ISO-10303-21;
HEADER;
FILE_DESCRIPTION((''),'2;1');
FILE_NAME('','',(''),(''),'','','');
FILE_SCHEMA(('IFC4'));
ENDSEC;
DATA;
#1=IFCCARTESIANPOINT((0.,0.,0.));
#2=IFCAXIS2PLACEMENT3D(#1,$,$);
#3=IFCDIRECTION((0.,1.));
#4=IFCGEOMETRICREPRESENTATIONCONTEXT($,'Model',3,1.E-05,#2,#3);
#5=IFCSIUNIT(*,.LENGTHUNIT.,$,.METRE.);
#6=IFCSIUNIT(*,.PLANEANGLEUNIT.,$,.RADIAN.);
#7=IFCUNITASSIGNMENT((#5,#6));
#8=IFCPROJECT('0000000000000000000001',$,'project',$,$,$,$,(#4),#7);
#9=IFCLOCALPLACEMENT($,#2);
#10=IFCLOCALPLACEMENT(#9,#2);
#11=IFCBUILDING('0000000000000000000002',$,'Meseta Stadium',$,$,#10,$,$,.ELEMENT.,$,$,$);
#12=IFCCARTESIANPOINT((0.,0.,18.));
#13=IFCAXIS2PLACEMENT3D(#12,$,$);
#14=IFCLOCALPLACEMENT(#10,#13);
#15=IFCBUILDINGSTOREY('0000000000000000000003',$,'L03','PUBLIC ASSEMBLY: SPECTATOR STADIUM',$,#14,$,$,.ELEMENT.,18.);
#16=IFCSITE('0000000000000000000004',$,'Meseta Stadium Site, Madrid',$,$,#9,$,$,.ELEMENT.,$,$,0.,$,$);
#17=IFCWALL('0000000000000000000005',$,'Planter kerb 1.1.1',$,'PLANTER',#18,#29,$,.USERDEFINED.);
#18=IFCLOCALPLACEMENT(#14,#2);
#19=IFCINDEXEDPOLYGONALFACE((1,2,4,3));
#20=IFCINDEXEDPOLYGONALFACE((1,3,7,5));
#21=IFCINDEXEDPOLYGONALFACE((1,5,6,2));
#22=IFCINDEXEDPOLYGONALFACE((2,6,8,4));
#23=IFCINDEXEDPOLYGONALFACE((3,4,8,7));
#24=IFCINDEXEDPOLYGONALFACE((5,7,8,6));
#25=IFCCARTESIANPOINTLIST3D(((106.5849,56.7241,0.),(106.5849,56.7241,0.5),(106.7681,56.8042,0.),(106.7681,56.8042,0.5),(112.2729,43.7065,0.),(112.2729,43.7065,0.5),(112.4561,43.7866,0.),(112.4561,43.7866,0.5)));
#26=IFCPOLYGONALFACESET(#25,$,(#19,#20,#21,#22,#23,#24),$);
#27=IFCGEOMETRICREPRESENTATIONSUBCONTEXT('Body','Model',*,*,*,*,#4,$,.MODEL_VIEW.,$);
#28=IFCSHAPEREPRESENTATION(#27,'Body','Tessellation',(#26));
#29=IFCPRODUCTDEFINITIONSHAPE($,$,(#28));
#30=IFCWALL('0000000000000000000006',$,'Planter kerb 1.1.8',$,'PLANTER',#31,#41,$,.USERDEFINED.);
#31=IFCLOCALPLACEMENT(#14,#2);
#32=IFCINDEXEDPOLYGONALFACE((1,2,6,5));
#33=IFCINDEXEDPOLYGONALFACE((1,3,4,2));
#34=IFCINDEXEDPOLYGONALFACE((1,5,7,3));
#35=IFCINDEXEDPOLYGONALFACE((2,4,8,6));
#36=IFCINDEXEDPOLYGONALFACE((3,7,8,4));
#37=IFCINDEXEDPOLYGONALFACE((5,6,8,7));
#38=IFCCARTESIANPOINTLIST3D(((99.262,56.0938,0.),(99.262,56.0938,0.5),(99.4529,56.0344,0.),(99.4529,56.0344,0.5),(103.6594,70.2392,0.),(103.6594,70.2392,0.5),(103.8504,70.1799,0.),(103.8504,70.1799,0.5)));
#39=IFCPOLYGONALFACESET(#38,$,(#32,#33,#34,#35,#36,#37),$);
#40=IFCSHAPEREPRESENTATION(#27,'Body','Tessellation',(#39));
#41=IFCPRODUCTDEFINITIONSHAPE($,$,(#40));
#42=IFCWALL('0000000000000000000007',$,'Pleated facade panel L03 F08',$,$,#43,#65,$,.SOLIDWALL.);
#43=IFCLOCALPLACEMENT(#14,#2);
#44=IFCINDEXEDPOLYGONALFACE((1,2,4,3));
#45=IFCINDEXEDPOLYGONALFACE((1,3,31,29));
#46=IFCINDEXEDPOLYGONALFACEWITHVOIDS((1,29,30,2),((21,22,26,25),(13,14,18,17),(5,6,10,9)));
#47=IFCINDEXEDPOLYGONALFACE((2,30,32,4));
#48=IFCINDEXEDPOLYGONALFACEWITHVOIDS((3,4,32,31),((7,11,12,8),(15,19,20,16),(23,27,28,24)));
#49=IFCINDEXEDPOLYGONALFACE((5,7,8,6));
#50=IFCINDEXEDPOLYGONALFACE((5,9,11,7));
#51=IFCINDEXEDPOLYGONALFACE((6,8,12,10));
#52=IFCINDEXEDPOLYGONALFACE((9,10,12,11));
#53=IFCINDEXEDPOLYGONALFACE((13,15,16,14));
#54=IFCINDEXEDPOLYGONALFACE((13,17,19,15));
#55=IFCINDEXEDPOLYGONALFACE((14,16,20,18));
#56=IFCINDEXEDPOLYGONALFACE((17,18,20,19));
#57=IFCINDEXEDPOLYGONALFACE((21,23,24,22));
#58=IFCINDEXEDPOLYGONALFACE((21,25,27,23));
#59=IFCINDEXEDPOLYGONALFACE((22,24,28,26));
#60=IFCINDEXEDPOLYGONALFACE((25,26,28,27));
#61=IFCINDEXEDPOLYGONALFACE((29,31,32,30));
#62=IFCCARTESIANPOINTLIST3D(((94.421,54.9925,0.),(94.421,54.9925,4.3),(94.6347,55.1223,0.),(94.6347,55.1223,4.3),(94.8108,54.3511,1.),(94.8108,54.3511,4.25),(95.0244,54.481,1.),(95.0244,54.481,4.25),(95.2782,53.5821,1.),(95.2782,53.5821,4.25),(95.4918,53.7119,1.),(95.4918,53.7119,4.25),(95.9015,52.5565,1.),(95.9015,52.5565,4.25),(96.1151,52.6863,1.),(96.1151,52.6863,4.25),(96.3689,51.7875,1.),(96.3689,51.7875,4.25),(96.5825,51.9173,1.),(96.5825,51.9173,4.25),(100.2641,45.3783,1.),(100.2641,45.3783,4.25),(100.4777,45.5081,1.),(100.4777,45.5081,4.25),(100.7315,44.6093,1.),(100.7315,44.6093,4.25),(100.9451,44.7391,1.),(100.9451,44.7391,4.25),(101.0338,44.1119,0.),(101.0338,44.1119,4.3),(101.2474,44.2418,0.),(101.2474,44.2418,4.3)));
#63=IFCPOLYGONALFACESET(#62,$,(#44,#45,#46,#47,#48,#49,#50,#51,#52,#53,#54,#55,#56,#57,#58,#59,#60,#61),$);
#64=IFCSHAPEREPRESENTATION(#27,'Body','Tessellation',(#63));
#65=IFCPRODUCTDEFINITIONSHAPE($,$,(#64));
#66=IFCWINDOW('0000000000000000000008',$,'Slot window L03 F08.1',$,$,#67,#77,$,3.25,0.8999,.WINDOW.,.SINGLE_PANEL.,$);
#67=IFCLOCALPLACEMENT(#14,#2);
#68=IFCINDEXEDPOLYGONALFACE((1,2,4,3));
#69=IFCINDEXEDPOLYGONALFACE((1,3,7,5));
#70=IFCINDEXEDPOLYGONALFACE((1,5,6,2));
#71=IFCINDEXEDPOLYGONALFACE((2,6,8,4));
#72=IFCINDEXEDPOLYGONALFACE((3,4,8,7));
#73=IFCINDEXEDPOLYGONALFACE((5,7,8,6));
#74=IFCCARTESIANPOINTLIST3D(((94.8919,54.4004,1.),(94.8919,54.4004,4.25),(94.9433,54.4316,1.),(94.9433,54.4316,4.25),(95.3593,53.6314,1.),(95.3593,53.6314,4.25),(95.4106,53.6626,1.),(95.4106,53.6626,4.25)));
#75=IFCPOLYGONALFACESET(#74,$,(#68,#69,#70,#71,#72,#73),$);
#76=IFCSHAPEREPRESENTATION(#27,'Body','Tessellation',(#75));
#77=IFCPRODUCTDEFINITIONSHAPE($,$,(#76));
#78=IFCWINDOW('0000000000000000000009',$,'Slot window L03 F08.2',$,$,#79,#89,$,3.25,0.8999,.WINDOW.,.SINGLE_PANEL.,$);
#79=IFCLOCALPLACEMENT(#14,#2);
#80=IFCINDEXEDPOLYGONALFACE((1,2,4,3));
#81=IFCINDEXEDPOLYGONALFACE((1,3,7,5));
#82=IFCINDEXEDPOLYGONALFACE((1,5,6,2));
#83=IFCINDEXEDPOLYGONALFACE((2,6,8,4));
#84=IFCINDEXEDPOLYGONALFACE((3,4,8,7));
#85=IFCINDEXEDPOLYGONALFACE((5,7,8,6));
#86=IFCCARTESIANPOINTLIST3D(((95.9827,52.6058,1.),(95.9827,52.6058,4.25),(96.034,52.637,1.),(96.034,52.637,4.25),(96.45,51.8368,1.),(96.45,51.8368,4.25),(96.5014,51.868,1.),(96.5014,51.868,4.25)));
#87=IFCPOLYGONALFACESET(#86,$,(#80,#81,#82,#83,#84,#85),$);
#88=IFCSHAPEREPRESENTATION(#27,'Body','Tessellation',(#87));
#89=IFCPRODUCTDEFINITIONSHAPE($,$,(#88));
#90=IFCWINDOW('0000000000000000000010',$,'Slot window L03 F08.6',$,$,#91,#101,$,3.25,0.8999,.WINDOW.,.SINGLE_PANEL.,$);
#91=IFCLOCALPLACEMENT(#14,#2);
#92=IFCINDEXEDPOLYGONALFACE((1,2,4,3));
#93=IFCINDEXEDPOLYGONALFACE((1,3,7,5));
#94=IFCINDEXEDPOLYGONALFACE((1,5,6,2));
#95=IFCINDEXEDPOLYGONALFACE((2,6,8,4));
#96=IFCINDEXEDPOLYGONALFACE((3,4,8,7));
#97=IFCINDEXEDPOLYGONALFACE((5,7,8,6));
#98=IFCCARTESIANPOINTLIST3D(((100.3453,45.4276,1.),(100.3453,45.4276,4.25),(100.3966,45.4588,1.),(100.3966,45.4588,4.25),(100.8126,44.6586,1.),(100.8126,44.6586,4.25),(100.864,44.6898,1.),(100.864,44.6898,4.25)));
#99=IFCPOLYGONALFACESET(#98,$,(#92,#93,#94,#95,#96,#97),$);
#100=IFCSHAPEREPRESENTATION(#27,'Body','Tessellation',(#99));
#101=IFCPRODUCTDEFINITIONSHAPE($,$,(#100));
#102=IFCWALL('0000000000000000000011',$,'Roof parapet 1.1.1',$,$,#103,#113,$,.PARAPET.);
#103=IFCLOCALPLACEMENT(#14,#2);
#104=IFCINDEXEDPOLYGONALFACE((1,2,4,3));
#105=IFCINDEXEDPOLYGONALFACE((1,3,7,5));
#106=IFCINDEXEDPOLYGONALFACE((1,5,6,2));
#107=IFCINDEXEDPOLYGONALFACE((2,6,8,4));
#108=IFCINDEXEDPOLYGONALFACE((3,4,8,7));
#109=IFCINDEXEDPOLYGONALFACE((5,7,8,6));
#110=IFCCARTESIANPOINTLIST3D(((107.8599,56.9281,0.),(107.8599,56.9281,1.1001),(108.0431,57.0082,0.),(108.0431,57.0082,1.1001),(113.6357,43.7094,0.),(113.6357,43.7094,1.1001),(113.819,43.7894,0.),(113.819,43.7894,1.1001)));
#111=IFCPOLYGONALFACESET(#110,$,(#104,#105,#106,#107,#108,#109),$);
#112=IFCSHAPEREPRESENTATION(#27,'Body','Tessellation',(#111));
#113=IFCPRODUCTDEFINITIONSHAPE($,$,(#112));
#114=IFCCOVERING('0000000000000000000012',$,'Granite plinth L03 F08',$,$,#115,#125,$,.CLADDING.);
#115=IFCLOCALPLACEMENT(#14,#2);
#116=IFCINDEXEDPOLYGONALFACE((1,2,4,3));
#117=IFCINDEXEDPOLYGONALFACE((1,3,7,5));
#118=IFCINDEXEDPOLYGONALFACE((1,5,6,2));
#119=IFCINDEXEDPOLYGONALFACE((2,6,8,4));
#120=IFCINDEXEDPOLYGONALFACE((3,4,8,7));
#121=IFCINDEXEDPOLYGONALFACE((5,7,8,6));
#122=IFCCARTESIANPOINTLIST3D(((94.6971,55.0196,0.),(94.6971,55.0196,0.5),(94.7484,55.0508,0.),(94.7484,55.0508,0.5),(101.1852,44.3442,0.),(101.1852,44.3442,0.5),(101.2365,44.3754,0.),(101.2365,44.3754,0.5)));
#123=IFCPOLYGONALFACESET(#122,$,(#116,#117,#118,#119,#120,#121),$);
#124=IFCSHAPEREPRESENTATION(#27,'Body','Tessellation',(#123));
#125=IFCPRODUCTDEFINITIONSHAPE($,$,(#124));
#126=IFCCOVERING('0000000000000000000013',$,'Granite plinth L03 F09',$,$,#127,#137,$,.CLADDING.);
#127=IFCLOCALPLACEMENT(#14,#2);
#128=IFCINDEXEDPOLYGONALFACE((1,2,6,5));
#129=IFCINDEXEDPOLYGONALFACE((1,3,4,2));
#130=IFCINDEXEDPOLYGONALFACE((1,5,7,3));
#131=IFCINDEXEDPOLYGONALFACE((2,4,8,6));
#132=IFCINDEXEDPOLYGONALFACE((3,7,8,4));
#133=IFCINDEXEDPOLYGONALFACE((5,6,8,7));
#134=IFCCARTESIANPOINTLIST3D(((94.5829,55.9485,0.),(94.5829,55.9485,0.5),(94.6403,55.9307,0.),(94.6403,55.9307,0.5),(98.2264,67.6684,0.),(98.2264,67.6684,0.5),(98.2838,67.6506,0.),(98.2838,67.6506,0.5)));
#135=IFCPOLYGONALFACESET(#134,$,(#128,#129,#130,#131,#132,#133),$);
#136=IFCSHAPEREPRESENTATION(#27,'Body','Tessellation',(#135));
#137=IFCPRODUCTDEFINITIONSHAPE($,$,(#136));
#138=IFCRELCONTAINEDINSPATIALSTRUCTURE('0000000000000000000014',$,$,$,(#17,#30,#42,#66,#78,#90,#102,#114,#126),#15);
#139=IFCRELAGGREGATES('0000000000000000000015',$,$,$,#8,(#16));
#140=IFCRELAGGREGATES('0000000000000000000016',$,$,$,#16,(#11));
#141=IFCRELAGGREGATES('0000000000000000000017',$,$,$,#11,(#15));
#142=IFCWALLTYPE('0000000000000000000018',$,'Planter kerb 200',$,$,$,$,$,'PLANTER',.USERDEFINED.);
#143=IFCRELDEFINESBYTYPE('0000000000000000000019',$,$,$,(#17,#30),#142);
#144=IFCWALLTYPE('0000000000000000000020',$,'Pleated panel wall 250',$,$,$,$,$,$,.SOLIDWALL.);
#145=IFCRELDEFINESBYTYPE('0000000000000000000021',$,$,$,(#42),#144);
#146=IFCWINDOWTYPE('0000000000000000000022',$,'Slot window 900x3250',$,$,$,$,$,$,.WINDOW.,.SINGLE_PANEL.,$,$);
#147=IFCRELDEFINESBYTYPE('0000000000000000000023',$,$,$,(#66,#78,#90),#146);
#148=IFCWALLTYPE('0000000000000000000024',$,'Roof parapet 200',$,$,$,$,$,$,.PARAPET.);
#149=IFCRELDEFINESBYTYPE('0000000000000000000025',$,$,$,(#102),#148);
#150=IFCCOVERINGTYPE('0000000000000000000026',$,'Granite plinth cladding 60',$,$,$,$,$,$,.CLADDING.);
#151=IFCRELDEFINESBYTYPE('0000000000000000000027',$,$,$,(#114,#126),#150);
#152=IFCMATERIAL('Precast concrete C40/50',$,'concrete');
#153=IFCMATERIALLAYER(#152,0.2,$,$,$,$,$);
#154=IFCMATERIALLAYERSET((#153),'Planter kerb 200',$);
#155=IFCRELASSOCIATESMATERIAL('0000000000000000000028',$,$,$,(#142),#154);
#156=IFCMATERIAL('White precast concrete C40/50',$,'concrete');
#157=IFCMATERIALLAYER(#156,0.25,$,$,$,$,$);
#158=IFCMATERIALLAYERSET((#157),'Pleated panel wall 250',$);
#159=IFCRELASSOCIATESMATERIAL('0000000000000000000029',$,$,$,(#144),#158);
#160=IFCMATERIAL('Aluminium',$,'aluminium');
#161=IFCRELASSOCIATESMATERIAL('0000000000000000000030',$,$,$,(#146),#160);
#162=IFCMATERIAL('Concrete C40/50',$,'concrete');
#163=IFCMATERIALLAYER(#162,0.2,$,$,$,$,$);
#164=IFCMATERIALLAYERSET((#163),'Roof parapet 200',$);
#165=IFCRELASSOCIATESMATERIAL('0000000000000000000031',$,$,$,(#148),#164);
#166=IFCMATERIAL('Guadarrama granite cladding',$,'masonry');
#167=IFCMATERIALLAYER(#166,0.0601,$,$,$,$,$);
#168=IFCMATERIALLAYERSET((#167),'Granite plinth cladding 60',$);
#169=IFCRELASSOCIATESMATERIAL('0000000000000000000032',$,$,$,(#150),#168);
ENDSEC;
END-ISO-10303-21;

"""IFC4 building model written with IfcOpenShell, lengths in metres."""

from ifc_helpers import new_model, si_unit, direction, frame, frame_2d, origin, origin_2d, place, context, subcontext, project, spatial, rectangle, extrude, material, layer, layer_set, type_object, element, fill, save


model = new_model("IFC4")

# Units and contexts
model_context = context("Model", 3, precision=1e-05, world=origin(), true_north=direction((0.0, 1.0)))
body_context = subcontext(model_context, "Body", "Model", "MODEL_VIEW")
ifc_project = project(units=[si_unit("LENGTHUNIT", "METRE"), si_unit("PLANEANGLEUNIT", "RADIAN")], contexts=[model_context])

# Site, building, storey
site_placement = place(None, origin())
site = spatial("IfcSite", under=ifc_project, at=site_placement, Name="Meseta Stadium Site, Madrid", CompositionType="ELEMENT", RefElevation=0.0)
building_placement = place(site_placement, origin())
building = spatial("IfcBuilding", under=site, at=building_placement, Name="Meseta Stadium", CompositionType="ELEMENT")
storey_placement = place(building_placement, frame((0.0, 0.0, 18.0)))
storey = spatial("IfcBuildingStorey", under=building, at=storey_placement, Name="L03", Description="PUBLIC ASSEMBLY: SPECTATOR STADIUM", CompositionType="ELEMENT", Elevation=18.0)

# Walls
ifc_material_1 = material(Name="Precast concrete C40/50", Category="concrete")
ifc_layer_1 = layer(ifc_material_1, 0.2)
ifc_layer_set_1 = layer_set([ifc_layer_1], Name="Planter kerb 200")
wall_type_1 = type_object("IfcWallType", Name="Planter kerb 200", ElementType="PLANTER", PredefinedType="USERDEFINED", material=ifc_layer_set_1)
wall_1_placement = place(storey_placement, frame((106.6765, 56.7642, 0.0), z_axis=(0.0, 0.0, 1.0), x_axis=(0.400393, -0.916343, 0.0)))
element("IfcWall", 1, at=wall_1_placement, inside=storey, type_object=wall_type_1, Name="Planter kerb 1.1.1", ObjectType="PLANTER", PredefinedType="USERDEFINED", context=body_context, shape_type="SweptSolid", body=[
    extrude(rectangle(XDim=14.2061, YDim=0.2, at=frame_2d((7.103, 0.0))), origin(), (0.0, 0.0, 1.0), 0.5),
])
wall_2_placement = place(storey_placement, frame((99.3574, 56.064, 0.0), z_axis=(0.0, 0.0, 1.0), x_axis=(0.29686, 0.954921, 0.0)))
element("IfcWall", 2, at=wall_2_placement, inside=storey, type_object=wall_type_1, Name="Planter kerb 1.1.8", ObjectType="PLANTER", PredefinedType="USERDEFINED", context=body_context, shape_type="SweptSolid", body=[
    extrude(rectangle(XDim=14.8132, YDim=0.2, at=frame_2d((7.4067, 0.0))), origin(), (0.0, 0.0, 1.0), 0.5),
])

# Wall, openings, windows
ifc_material_2 = material(Name="White precast concrete C40/50", Category="concrete")
ifc_layer_2 = layer(ifc_material_2, 0.25)
ifc_layer_set_2 = layer_set([ifc_layer_2], Name="Pleated panel wall 250")
wall_type_2 = type_object("IfcWallType", Name="Pleated panel wall 250", PredefinedType="SOLIDWALL", material=ifc_layer_set_2)
wall_3_placement = place(storey_placement, frame((94.5278, 55.0574, 0.0), z_axis=(0.0, 0.0, 1.0), x_axis=(0.519363, -0.854554, 0.0)))
wall_3 = element("IfcWall", 3, at=wall_3_placement, inside=storey, type_object=wall_type_2, Name="Pleated facade panel L03 F08", PredefinedType="SOLIDWALL", context=body_context, shape_type="SweptSolid", body=[
    extrude(rectangle(XDim=12.7324, YDim=0.25, at=frame_2d((6.3662, 0.0))), origin(), (0.0, 0.0, 1.0), 4.3),
])
opening_1_placement = place(wall_3_placement, frame((0.7505, 0.0, 1.0)))
opening_1 = element("IfcOpeningElement", 4, at=opening_1_placement, cuts=wall_3, PredefinedType="OPENING", context=body_context, shape_type="SweptSolid", body=[
    extrude(rectangle(XDim=0.8999, YDim=3.25, at=frame_2d((0.45, 1.625))), frame((0.0, 0.135, 0.0), z_axis=(0.0, -1.0, 0.0), x_axis=(1.0, 0.0, 0.0)), (0.0, 0.0, 1.0), 0.27),
])
opening_2_placement = place(wall_3_placement, frame((2.8506, 0.0, 1.0)))
opening_2 = element("IfcOpeningElement", 5, at=opening_2_placement, cuts=wall_3, PredefinedType="OPENING", context=body_context, shape_type="SweptSolid", body=[
    extrude(rectangle(XDim=0.8999, YDim=3.25, at=frame_2d((0.45, 1.625))), frame((0.0, 0.135, 0.0), z_axis=(0.0, -1.0, 0.0), x_axis=(1.0, 0.0, 0.0)), (0.0, 0.0, 1.0), 0.27),
])
opening_3_placement = place(wall_3_placement, frame((11.2505, 0.0, 1.0)))
opening_3 = element("IfcOpeningElement", 6, at=opening_3_placement, cuts=wall_3, PredefinedType="OPENING", context=body_context, shape_type="SweptSolid", body=[
    extrude(rectangle(XDim=0.8999, YDim=3.25, at=frame_2d((0.45, 1.625))), frame((0.0, 0.135, 0.0), z_axis=(0.0, -1.0, 0.0), x_axis=(1.0, 0.0, 0.0)), (0.0, 0.0, 1.0), 0.27),
])
ifc_material_3 = material(Name="Aluminium", Category="aluminium")
window_type = type_object("IfcWindowType", Name="Slot window 900x3250", PartitioningType="SINGLE_PANEL", PredefinedType="WINDOW", material=ifc_material_3)
window_1_placement = place(opening_1_placement, origin())
window_1 = element("IfcWindow", 7, at=window_1_placement, inside=storey, type_object=window_type, Name="Slot window L03 F08.1", OverallHeight=3.25, OverallWidth=0.8999, PartitioningType="SINGLE_PANEL", PredefinedType="WINDOW", context=body_context, shape_type="SweptSolid", body=[
    extrude(rectangle(XDim=0.8999, YDim=3.25, at=frame_2d((0.45, 1.625))), frame((0.0, 0.03, 0.0), z_axis=(0.0, -1.0, 0.0), x_axis=(1.0, 0.0, 0.0)), (0.0, 0.0, 1.0), 0.0601),
])
fill(opening_1, window_1)
window_2_placement = place(opening_2_placement, origin())
window_2 = element("IfcWindow", 8, at=window_2_placement, inside=storey, type_object=window_type, Name="Slot window L03 F08.2", OverallHeight=3.25, OverallWidth=0.8999, PartitioningType="SINGLE_PANEL", PredefinedType="WINDOW", context=body_context, shape_type="SweptSolid", body=[
    extrude(rectangle(XDim=0.8999, YDim=3.25, at=frame_2d((0.45, 1.625))), frame((0.0, 0.03, 0.0), z_axis=(0.0, -1.0, 0.0), x_axis=(1.0, 0.0, 0.0)), (0.0, 0.0, 1.0), 0.0601),
])
fill(opening_2, window_2)
window_3_placement = place(opening_3_placement, origin())
window_3 = element("IfcWindow", 9, at=window_3_placement, inside=storey, type_object=window_type, Name="Slot window L03 F08.6", OverallHeight=3.25, OverallWidth=0.8999, PartitioningType="SINGLE_PANEL", PredefinedType="WINDOW", context=body_context, shape_type="SweptSolid", body=[
    extrude(rectangle(XDim=0.8999, YDim=3.25, at=frame_2d((0.45, 1.625))), frame((0.0, 0.03, 0.0), z_axis=(0.0, -1.0, 0.0), x_axis=(1.0, 0.0, 0.0)), (0.0, 0.0, 1.0), 0.0601),
])
fill(opening_3, window_3)

# Wall
ifc_material_4 = material(Name="Concrete C40/50", Category="concrete")
ifc_layer_3 = layer(ifc_material_4, 0.2)
ifc_layer_set_3 = layer_set([ifc_layer_3], Name="Roof parapet 200")
wall_type_3 = type_object("IfcWallType", Name="Roof parapet 200", PredefinedType="PARAPET", material=ifc_layer_set_3)
wall_4_placement = place(storey_placement, frame((107.9514, 56.9683, 0.0), z_axis=(0.0, 0.0, 1.0), x_axis=(0.400393, -0.916344, 0.0)))
element("IfcWall", 10, at=wall_4_placement, inside=storey, type_object=wall_type_3, Name="Roof parapet 1.1.1", PredefinedType="PARAPET", context=body_context, shape_type="SweptSolid", body=[
    extrude(rectangle(XDim=14.4255, YDim=0.2, at=frame_2d((7.2129, 0.0))), origin(), (0.0, 0.0, 1.0), 1.1001),
])

# Coverings
ifc_material_5 = material(Name="Guadarrama granite cladding", Category="masonry")
ifc_layer_4 = layer(ifc_material_5, 0.0601)
ifc_layer_set_4 = layer_set([ifc_layer_4], Name="Granite plinth cladding 60")
covering_type_1 = type_object("IfcCoveringType", Name="Granite plinth cladding 60", PredefinedType="CLADDING", material=ifc_layer_set_4)
covering_1_placement = place(storey_placement, frame((97.9668, 49.6975, 0.0), z_axis=(0.0, 0.0, 1.0), x_axis=(0.519363, -0.854554, 0.0)))
element("IfcCovering", 11, at=covering_1_placement, inside=storey, type_object=covering_type_1, Name="Granite plinth L03 F08", PredefinedType="CLADDING", context=body_context, shape_type="SweptSolid", body=[
    extrude(rectangle(XDim=12.4924, YDim=0.0601, at=origin_2d()), origin(), (0.0, 0.0, 1.0), 0.5),
])
covering_2_placement = place(storey_placement, frame((96.4333, 61.7996, 0.0), z_axis=(0.0, 0.0, 1.0), x_axis=(-0.296868, -0.954918, 0.0)))
element("IfcCovering", 12, at=covering_2_placement, inside=storey, type_object=covering_type_1, Name="Granite plinth L03 F09", PredefinedType="CLADDING", context=body_context, shape_type="SweptSolid", body=[
    extrude(rectangle(XDim=12.2732, YDim=0.0601, at=origin_2d()), origin(), (0.0, 0.0, 1.0), 0.5),
])

save(model, "model.ifc")
